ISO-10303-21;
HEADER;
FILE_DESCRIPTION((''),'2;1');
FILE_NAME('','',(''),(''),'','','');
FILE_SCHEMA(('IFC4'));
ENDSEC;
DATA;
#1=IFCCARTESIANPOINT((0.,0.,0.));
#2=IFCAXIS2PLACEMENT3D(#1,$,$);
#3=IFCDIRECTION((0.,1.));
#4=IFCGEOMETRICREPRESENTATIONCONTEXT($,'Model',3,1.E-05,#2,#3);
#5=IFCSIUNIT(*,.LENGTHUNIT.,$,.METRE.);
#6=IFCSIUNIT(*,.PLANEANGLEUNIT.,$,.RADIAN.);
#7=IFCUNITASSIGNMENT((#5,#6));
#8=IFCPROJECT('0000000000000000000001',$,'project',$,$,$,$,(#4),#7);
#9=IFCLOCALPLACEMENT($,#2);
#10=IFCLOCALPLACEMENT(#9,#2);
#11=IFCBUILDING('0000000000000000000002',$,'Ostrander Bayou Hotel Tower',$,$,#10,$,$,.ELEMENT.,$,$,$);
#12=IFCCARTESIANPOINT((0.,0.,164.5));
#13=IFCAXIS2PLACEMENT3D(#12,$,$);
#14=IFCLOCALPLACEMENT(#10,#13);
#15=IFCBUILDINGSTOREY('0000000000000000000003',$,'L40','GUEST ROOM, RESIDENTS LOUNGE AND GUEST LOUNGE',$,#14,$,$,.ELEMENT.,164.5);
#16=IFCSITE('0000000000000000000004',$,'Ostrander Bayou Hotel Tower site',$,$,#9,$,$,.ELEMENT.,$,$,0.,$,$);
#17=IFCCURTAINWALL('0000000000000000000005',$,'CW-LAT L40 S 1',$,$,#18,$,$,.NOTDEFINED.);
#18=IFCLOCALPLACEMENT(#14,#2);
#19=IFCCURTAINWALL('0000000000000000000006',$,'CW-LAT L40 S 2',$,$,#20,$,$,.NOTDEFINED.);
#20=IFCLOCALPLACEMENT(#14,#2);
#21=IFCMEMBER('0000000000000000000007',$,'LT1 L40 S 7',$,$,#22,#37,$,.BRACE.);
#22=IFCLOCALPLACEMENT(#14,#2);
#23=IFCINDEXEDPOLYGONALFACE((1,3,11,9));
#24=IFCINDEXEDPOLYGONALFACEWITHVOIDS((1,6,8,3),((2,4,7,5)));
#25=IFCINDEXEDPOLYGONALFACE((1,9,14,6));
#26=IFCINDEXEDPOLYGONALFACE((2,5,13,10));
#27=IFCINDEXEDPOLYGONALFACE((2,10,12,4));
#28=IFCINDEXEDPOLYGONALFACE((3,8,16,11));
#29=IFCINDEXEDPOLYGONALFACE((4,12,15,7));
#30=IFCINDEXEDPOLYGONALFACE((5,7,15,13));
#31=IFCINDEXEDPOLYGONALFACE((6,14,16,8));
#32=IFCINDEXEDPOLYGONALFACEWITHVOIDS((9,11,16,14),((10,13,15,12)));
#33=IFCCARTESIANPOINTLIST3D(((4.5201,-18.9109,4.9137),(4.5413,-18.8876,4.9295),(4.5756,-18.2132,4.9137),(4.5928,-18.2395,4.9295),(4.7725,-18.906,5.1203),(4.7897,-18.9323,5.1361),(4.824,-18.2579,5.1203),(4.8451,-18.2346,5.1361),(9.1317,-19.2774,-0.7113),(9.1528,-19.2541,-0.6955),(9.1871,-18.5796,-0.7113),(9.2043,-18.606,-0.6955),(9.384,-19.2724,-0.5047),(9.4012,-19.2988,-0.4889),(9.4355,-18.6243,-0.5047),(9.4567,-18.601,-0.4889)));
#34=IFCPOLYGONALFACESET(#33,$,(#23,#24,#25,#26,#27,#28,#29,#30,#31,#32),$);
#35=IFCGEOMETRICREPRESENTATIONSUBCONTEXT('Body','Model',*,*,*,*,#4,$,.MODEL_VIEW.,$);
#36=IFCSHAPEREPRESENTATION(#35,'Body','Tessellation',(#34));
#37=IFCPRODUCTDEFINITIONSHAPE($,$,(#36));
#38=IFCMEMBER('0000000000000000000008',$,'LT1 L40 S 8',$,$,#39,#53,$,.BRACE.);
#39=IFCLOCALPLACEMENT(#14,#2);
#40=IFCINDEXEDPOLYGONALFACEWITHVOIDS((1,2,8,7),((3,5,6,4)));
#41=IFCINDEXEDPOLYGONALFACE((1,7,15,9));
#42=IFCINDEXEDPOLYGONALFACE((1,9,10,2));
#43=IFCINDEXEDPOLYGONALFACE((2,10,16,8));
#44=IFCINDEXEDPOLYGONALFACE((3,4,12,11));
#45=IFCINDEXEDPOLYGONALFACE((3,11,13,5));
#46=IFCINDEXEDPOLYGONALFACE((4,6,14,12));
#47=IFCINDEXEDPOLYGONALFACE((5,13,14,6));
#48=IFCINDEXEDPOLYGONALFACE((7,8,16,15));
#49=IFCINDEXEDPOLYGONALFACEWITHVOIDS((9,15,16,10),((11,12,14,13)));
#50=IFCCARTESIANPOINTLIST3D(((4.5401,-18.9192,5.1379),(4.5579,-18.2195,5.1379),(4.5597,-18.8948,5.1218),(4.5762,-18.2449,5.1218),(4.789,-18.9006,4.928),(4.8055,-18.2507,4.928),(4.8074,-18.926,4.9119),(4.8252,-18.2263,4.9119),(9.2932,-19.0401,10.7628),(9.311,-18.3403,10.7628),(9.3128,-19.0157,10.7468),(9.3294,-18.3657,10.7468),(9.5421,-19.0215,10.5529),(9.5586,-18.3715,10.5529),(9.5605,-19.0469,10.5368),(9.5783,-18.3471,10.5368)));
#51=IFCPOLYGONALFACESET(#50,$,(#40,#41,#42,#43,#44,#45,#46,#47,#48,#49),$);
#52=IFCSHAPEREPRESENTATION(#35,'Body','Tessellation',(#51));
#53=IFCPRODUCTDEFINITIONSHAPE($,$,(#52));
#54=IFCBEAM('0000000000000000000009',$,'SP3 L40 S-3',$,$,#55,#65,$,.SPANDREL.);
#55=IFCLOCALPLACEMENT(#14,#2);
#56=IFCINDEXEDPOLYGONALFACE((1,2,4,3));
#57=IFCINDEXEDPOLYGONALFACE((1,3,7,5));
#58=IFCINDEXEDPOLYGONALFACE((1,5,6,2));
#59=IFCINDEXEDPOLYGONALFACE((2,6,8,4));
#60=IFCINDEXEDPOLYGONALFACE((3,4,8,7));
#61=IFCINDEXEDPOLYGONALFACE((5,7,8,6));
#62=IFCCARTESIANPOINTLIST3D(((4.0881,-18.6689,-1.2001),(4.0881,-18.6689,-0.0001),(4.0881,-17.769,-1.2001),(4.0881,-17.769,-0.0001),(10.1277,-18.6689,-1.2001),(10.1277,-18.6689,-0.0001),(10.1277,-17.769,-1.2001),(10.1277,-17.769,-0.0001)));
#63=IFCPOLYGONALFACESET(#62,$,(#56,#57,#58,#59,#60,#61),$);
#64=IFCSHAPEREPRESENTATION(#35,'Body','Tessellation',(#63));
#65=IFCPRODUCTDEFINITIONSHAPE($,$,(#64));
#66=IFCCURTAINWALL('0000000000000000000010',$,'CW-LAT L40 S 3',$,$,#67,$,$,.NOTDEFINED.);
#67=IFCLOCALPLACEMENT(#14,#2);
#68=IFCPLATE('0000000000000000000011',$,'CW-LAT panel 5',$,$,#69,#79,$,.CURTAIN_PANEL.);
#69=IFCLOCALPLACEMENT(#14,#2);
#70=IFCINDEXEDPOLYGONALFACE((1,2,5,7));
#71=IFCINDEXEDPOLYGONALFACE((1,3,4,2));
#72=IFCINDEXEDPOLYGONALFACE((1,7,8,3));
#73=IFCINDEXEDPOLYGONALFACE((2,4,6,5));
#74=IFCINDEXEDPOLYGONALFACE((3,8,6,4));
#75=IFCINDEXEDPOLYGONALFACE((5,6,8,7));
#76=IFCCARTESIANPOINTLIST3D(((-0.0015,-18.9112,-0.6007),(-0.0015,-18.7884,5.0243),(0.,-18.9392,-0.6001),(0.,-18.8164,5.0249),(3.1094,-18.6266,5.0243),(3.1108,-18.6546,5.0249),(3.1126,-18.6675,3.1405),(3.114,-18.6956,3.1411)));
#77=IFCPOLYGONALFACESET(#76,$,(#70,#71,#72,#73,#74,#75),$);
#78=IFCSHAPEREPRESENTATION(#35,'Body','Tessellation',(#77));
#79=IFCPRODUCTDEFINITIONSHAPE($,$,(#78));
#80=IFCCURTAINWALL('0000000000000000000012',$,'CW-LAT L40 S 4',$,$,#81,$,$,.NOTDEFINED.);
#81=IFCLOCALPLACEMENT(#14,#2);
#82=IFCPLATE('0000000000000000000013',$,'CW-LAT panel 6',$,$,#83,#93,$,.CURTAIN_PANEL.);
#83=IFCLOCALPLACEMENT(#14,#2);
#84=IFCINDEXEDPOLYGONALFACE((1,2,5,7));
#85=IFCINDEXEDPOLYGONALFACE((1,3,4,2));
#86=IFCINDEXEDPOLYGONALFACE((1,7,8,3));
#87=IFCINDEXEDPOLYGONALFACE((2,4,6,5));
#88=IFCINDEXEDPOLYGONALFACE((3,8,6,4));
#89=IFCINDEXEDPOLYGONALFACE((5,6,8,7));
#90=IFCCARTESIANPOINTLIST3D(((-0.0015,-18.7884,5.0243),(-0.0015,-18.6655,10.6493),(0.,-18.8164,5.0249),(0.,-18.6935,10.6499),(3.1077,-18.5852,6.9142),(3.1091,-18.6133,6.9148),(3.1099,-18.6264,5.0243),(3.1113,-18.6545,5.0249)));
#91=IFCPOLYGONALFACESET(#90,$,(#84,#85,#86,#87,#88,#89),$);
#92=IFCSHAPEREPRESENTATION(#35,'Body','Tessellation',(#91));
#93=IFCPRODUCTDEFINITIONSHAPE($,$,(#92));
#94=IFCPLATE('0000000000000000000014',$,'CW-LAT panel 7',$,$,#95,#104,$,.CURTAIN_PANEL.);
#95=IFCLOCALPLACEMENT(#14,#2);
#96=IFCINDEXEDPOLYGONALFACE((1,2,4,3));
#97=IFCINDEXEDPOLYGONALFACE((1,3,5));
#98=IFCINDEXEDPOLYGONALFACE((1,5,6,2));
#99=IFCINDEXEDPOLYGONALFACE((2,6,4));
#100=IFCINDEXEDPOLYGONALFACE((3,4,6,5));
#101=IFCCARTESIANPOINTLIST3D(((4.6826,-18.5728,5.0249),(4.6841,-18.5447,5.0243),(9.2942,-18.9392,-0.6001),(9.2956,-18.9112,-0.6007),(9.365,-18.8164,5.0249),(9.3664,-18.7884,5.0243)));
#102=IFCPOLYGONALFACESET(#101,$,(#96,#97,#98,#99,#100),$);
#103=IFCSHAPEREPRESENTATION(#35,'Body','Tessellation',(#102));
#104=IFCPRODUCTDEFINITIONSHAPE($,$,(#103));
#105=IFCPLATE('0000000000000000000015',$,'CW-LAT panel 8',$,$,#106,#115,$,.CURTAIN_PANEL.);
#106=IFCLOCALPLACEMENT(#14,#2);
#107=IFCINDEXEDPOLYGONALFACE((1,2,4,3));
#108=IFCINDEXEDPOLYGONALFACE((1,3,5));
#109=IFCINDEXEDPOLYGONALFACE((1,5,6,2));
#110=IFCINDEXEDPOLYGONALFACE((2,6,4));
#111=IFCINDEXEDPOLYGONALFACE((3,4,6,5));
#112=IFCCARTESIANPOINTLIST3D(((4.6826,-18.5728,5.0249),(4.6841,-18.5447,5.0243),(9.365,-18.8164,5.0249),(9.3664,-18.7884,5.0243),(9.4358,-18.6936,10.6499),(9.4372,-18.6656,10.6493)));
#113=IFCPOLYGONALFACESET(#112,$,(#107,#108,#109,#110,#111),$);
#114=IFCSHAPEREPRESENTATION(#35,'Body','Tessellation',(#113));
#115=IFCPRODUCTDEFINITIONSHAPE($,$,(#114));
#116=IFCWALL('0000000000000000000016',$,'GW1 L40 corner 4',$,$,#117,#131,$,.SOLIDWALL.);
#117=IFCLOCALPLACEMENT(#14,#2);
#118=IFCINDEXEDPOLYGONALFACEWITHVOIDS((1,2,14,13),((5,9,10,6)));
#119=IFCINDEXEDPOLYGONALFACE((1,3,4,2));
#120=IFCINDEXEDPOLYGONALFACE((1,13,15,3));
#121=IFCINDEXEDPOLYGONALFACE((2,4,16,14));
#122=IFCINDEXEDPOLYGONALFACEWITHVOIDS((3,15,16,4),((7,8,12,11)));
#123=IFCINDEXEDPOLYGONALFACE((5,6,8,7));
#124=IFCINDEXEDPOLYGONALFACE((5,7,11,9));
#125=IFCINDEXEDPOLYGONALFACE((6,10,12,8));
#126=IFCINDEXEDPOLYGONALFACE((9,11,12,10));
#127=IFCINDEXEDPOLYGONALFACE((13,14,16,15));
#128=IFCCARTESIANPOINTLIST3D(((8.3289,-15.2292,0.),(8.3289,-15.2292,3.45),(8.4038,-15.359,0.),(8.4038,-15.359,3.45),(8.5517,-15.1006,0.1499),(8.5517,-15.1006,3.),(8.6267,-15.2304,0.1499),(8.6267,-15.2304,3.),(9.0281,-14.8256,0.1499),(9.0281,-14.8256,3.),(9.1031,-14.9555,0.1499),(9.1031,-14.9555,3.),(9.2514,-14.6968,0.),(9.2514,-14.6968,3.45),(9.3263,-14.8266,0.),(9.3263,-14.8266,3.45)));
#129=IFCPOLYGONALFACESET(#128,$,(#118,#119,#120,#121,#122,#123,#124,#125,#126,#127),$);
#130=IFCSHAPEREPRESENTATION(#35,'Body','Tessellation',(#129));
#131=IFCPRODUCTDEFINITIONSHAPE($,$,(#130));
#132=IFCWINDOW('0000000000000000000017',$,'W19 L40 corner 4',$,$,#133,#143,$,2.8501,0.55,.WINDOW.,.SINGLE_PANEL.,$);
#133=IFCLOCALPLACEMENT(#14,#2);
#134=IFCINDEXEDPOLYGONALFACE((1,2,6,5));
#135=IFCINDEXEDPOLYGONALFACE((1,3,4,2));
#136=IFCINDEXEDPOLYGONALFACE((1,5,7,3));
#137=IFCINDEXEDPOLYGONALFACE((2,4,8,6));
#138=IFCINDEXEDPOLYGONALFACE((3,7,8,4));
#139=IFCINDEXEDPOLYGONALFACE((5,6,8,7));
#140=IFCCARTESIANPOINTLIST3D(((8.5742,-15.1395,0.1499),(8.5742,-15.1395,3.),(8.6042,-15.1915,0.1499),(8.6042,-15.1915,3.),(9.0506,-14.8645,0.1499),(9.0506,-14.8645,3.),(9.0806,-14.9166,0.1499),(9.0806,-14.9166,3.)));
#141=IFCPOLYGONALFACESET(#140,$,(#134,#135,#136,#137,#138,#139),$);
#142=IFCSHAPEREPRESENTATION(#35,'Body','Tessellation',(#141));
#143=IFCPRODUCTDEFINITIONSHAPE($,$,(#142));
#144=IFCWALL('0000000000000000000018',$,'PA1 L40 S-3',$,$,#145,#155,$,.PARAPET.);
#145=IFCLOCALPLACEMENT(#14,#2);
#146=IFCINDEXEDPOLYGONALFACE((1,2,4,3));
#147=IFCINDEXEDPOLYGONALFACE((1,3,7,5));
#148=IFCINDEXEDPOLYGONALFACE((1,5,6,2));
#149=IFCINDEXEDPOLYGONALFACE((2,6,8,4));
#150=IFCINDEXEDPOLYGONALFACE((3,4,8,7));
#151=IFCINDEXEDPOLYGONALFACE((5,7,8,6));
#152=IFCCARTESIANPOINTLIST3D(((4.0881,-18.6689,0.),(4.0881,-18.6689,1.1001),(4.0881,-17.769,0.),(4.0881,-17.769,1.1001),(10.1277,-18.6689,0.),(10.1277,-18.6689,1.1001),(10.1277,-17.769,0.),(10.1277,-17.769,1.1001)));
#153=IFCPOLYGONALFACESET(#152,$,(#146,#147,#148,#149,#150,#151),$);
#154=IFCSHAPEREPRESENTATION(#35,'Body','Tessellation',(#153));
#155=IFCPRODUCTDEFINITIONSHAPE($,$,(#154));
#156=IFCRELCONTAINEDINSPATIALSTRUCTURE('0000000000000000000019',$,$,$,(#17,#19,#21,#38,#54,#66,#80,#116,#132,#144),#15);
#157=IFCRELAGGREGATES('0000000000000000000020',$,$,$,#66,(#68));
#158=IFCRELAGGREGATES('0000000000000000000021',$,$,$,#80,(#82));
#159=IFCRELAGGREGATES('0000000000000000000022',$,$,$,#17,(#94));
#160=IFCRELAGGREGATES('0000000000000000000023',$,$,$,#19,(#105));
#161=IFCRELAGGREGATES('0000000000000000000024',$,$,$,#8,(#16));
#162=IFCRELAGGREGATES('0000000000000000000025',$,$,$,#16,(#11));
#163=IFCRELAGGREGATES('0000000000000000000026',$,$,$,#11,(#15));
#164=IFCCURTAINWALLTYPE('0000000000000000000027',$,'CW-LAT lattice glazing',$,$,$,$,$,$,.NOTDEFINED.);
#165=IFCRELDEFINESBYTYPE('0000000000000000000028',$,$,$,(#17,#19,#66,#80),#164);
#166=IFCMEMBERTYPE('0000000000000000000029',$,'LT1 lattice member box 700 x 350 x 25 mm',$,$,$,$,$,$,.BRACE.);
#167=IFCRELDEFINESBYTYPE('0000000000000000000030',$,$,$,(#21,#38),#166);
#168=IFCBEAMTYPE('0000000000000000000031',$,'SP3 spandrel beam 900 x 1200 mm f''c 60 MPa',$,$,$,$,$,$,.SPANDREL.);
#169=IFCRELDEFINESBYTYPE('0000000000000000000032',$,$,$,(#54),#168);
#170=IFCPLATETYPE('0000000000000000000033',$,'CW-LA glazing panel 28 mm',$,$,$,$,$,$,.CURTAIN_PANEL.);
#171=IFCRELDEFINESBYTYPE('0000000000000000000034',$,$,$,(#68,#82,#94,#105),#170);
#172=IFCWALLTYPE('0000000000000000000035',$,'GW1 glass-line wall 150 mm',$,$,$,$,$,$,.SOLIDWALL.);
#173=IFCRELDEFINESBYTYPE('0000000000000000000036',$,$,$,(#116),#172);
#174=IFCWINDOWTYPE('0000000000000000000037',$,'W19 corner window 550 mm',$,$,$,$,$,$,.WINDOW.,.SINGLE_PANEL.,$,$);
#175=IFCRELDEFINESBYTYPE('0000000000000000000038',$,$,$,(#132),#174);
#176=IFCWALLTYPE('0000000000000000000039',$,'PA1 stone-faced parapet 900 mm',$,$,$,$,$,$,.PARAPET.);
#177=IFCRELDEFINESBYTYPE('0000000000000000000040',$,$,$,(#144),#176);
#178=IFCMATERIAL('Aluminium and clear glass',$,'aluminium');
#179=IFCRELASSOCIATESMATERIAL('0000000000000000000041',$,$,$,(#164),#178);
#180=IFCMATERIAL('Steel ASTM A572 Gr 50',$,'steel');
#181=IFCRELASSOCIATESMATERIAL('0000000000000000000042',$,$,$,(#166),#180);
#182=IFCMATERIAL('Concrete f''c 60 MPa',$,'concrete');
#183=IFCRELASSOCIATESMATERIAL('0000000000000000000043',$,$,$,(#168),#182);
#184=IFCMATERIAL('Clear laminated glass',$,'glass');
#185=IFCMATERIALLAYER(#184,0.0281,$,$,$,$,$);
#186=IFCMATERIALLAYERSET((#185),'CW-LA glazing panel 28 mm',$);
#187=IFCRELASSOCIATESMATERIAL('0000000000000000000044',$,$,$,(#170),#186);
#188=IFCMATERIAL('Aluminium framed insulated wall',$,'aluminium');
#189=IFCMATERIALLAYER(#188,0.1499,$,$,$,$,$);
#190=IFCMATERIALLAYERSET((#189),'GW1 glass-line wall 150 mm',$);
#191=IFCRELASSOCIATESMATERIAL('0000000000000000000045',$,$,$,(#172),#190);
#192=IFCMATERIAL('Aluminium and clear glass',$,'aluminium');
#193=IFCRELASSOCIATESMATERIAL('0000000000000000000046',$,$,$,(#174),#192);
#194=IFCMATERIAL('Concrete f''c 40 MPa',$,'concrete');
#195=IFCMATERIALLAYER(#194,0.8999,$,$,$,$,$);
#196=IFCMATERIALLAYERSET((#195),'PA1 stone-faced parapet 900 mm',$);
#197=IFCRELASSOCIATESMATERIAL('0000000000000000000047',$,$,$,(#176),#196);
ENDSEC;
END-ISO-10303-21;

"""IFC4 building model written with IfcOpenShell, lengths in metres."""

from ifc_helpers import new_model, si_unit, direction, frame, frame_2d, origin, origin_2d, place, context, subcontext, project, spatial, polyline, rectangle, hollow_rectangle, outline, extrude, material, layer, layer_set, material_profile, profile_set, type_object, element, fill, aggregate, save


model = new_model("IFC4")

# Units and contexts
model_context = context("Model", 3, precision=1e-05, world=origin(), true_north=direction((0.0, 1.0)))
body_context = subcontext(model_context, "Body", "Model", "MODEL_VIEW")
ifc_project = project(units=[si_unit("LENGTHUNIT", "METRE"), si_unit("PLANEANGLEUNIT", "RADIAN")], contexts=[model_context])

# Site, building, storey
site_placement = place(None, origin())
site = spatial("IfcSite", under=ifc_project, at=site_placement, Name="Ostrander Bayou Hotel Tower site", CompositionType="ELEMENT", RefElevation=0.0)
building_placement = place(site_placement, origin())
building = spatial("IfcBuilding", under=site, at=building_placement, Name="Ostrander Bayou Hotel Tower", CompositionType="ELEMENT")
storey_placement = place(building_placement, frame((0.0, 0.0, 164.5)))
storey = spatial("IfcBuildingStorey", under=building, at=storey_placement, Name="L40", Description="GUEST ROOM, RESIDENTS LOUNGE AND GUEST LOUNGE", CompositionType="ELEMENT", Elevation=164.5)

# Curtain walls
ifc_material_1 = material(Name="Aluminium and clear glass", Category="aluminium")
curtain_wall_type = type_object("IfcCurtainWallType", Name="CW-LAT lattice glazing", PredefinedType="NOTDEFINED", material=ifc_material_1)
curtain_wall_1_placement = place(storey_placement, origin())
curtain_wall_1 = element("IfcCurtainWall", 1, at=curtain_wall_1_placement, inside=storey, type_object=curtain_wall_type, Name="CW-LAT L40 S 1", PredefinedType="NOTDEFINED")
curtain_wall_2_placement = place(storey_placement, origin())
curtain_wall_2 = element("IfcCurtainWall", 2, at=curtain_wall_2_placement, inside=storey, type_object=curtain_wall_type, Name="CW-LAT L40 S 2", PredefinedType="NOTDEFINED")

# Members
ifc_material_2 = material(Name="Steel ASTM A572 Gr 50", Category="steel")
ifc_material_profile_1 = material_profile(ifc_material_2, hollow_rectangle(XDim=0.7, YDim=0.3501, WallThickness=0.0249, at=origin_2d()))
ifc_profile_set_1 = profile_set([ifc_material_profile_1], Name="Steel ASTM A572 Gr 50")
member_type_1 = type_object("IfcMemberType", Name="LT1 lattice member box 700 x 350 x 25 mm", PredefinedType="BRACE", material=ifc_profile_set_1)
member_1_placement = place(storey_placement, frame((4.6826, -18.5728, 5.0249), z_axis=(0.6332, -0.050317, -0.772351), x_axis=(0.079215, 0.996858, 0.0)))
element("IfcMember", 3, at=member_1_placement, inside=storey, type_object=member_type_1, Name="LT1 L40 S 7", PredefinedType="BRACE", context=body_context, shape_type="SweptSolid", body=[
    extrude(hollow_rectangle(XDim=0.7, YDim=0.3501, WallThickness=0.0249, at=origin_2d()), origin(), (0.0, 0.0, 1.0), 7.283),
])
member_2_placement = place(storey_placement, frame((4.6826, -18.5728, 5.0249), z_axis=(0.645345, -0.016408, 0.763715), x_axis=(0.025417, 0.999677, 0.0)))
element("IfcMember", 4, at=member_2_placement, inside=storey, type_object=member_type_1, Name="LT1 L40 S 8", PredefinedType="BRACE", context=body_context, shape_type="SweptSolid", body=[
    extrude(hollow_rectangle(XDim=0.7, YDim=0.3501, WallThickness=0.0249, at=origin_2d()), origin(), (0.0, 0.0, 1.0), 7.3652),
])

# Beam
ifc_material_3 = material(Name="Concrete f'c 60 MPa", Category="concrete")
ifc_material_profile_2 = material_profile(ifc_material_3, rectangle(XDim=0.8999, YDim=1.2, at=origin_2d()))
ifc_profile_set_2 = profile_set([ifc_material_profile_2], Name="Concrete f'c 60 MPa")
beam_type_1 = type_object("IfcBeamType", Name="SP3 spandrel beam 900 x 1200 mm f'c 60 MPa", PredefinedType="SPANDREL", material=ifc_profile_set_2)
beam_1_placement = place(storey_placement, frame((4.0881, -18.219, -0.6001), z_axis=(1.0, 0.0, 0.0), x_axis=(0.0, 1.0, 0.0)))
element("IfcBeam", 5, at=beam_1_placement, inside=storey, type_object=beam_type_1, Name="SP3 L40 S-3", PredefinedType="SPANDREL", context=body_context, shape_type="SweptSolid", body=[
    extrude(rectangle(XDim=0.8999, YDim=1.2, at=origin_2d()), origin(), (0.0, 0.0, 1.0), 6.0396),
])

# Curtain walls, plates
curtain_wall_3_placement = place(storey_placement, origin())
curtain_wall_3 = element("IfcCurtainWall", 6, at=curtain_wall_3_placement, inside=storey, type_object=curtain_wall_type, Name="CW-LAT L40 S 3", PredefinedType="NOTDEFINED")
ifc_material_4 = material(Name="Clear laminated glass", Category="glass")
ifc_layer_1 = layer(ifc_material_4, 0.0281)
ifc_layer_set_1 = layer_set([ifc_layer_1], Name="CW-LA glazing panel 28 mm")
plate_type = type_object("IfcPlateType", Name="CW-LA glazing panel 28 mm", PredefinedType="CURTAIN_PANEL", material=ifc_layer_set_1)
plate_1_placement = place(storey_placement, frame((3.114, -18.6956, 3.1411), z_axis=(0.051937, -0.998412, 0.021804), x_axis=(-0.63894, -0.050002, -0.76763)))
plate_1 = element("IfcPlate", 7, at=plate_1_placement, type_object=plate_type, Name="CW-LAT panel 5", PredefinedType="CURTAIN_PANEL", context=body_context, shape_type="SweptSolid", body=[
    extrude(outline(polyline([(0.0, 0.0), (4.8737, 0.0), (0.5497, -3.5998), (-1.4461, -1.208), (0.0, 0.0)])), origin(), (0.0, 0.0, -1.0), 0.0281),
])
aggregate(curtain_wall_3, [plate_1])
curtain_wall_4_placement = place(storey_placement, origin())
curtain_wall_4 = element("IfcCurtainWall", 8, at=curtain_wall_4_placement, inside=storey, type_object=curtain_wall_type, Name="CW-LAT L40 S 4", PredefinedType="NOTDEFINED")
plate_2_placement = place(storey_placement, frame((3.1091, -18.6133, 6.9148), z_axis=(0.051969, -0.99841, 0.021812), x_axis=(-0.639678, -0.016508, 0.768466)))
plate_2 = element("IfcPlate", 9, at=plate_2_placement, type_object=plate_type, Name="CW-LAT panel 6", PredefinedType="CURTAIN_PANEL", context=body_context, shape_type="SweptSolid", body=[
    extrude(outline(polyline([(0.0, 0.0), (4.8605, 0.0), (0.5399, 3.6039), (-1.453, 1.2092), (0.0, 0.0)])), origin(), (0.0, 0.0, -1.0), 0.0281),
])
aggregate(curtain_wall_4, [plate_2])

# Plates
plate_3_placement = place(storey_placement, frame((4.6826, -18.5728, 5.0249), z_axis=(-0.051953, -0.998397, 0.022451), x_axis=(0.6332, -0.050317, -0.772351)))
plate_3 = element("IfcPlate", 10, at=plate_3_placement, type_object=plate_type, Name="CW-LAT panel 7", PredefinedType="CURTAIN_PANEL", context=body_context, shape_type="SweptSolid", body=[
    extrude(outline(polyline([(0.0, 0.0), (7.283, 0.0), (2.9771, 3.6222), (0.0, 0.0)])), origin(), (0.0, 0.0, -1.0), 0.0281),
])
aggregate(curtain_wall_1, [plate_3])
plate_4_placement = place(storey_placement, frame((4.6826, -18.5728, 5.0249), z_axis=(-0.051953, -0.998397, 0.022451), x_axis=(0.645345, -0.016408, 0.763715)))
plate_4 = element("IfcPlate", 11, at=plate_4_placement, type_object=plate_type, Name="CW-LAT panel 8", PredefinedType="CURTAIN_PANEL", context=body_context, shape_type="SweptSolid", body=[
    extrude(outline(polyline([(0.0, 0.0), (7.3653, 0.0), (3.0257, -3.5817), (0.0, 0.0)])), origin(), (0.0, 0.0, -1.0), 0.0281),
])
aggregate(curtain_wall_2, [plate_4])

# Wall, opening, window
ifc_material_5 = material(Name="Aluminium framed insulated wall", Category="aluminium")
ifc_layer_2 = layer(ifc_material_5, 0.1499)
ifc_layer_set_2 = layer_set([ifc_layer_2], Name="GW1 glass-line wall 150 mm")
wall_type_1 = type_object("IfcWallType", Name="GW1 glass-line wall 150 mm", PredefinedType="SOLIDWALL", material=ifc_layer_set_2)
wall_1_placement = place(storey_placement, frame((8.3662, -15.2942, 0.0), z_axis=(0.0, 0.0, 1.0), x_axis=(0.866105, 0.499861, 0.0)))
wall_1 = element("IfcWall", 12, at=wall_1_placement, inside=storey, type_object=wall_type_1, Name="GW1 L40 corner 4", PredefinedType="SOLIDWALL", context=body_context, shape_type="SweptSolid", body=[
    extrude(rectangle(XDim=1.0652, YDim=0.1499, at=frame_2d((0.5327, 0.0))), origin(), (0.0, 0.0, 1.0), 3.45),
])
opening_1_placement = place(wall_1_placement, frame((0.2576, 0.0, 0.1499)))
opening_1 = element("IfcOpeningElement", 13, at=opening_1_placement, cuts=wall_1, PredefinedType="OPENING", context=body_context, shape_type="SweptSolid", body=[
    extrude(rectangle(XDim=0.55, YDim=2.8501, at=frame_2d((0.2749, 1.425))), frame((0.0, 0.075, 0.0), z_axis=(0.0, -1.0, 0.0), x_axis=(1.0, 0.0, 0.0)), (0.0, 0.0, 1.0), 0.1499),
])
ifc_material_6 = material(Name="Aluminium and clear glass", Category="aluminium")
window_type = type_object("IfcWindowType", Name="W19 corner window 550 mm", PartitioningType="SINGLE_PANEL", PredefinedType="WINDOW", material=ifc_material_6)
window_placement = place(opening_1_placement, origin())
window = element("IfcWindow", 14, at=window_placement, inside=storey, type_object=window_type, Name="W19 L40 corner 4", OverallHeight=2.8501, OverallWidth=0.55, PartitioningType="SINGLE_PANEL", PredefinedType="WINDOW", context=body_context, shape_type="SweptSolid", body=[
    extrude(rectangle(XDim=0.55, YDim=2.8501, at=frame_2d((0.2749, 1.425))), frame((0.0, 0.03, 0.0), z_axis=(0.0, -1.0, 0.0), x_axis=(1.0, 0.0, 0.0)), (0.0, 0.0, 1.0), 0.0601),
])
fill(opening_1, window)

# Wall
ifc_material_7 = material(Name="Concrete f'c 40 MPa", Category="concrete")
ifc_layer_3 = layer(ifc_material_7, 0.8999)
ifc_layer_set_3 = layer_set([ifc_layer_3], Name="PA1 stone-faced parapet 900 mm")
wall_type_2 = type_object("IfcWallType", Name="PA1 stone-faced parapet 900 mm", PredefinedType="PARAPET", material=ifc_layer_set_3)
wall_2_placement = place(storey_placement, frame((4.0881, -18.219, 0.0), z_axis=(0.0, 0.0, 1.0), x_axis=(1.0, 0.0, 0.0)))
element("IfcWall", 15, at=wall_2_placement, inside=storey, type_object=wall_type_2, Name="PA1 L40 S-3", PredefinedType="PARAPET", context=body_context, shape_type="SweptSolid", body=[
    extrude(rectangle(XDim=6.0396, YDim=0.8999, at=frame_2d((3.0198, 0.0))), origin(), (0.0, 0.0, 1.0), 1.1001),
])

save(model, "model.ifc")
